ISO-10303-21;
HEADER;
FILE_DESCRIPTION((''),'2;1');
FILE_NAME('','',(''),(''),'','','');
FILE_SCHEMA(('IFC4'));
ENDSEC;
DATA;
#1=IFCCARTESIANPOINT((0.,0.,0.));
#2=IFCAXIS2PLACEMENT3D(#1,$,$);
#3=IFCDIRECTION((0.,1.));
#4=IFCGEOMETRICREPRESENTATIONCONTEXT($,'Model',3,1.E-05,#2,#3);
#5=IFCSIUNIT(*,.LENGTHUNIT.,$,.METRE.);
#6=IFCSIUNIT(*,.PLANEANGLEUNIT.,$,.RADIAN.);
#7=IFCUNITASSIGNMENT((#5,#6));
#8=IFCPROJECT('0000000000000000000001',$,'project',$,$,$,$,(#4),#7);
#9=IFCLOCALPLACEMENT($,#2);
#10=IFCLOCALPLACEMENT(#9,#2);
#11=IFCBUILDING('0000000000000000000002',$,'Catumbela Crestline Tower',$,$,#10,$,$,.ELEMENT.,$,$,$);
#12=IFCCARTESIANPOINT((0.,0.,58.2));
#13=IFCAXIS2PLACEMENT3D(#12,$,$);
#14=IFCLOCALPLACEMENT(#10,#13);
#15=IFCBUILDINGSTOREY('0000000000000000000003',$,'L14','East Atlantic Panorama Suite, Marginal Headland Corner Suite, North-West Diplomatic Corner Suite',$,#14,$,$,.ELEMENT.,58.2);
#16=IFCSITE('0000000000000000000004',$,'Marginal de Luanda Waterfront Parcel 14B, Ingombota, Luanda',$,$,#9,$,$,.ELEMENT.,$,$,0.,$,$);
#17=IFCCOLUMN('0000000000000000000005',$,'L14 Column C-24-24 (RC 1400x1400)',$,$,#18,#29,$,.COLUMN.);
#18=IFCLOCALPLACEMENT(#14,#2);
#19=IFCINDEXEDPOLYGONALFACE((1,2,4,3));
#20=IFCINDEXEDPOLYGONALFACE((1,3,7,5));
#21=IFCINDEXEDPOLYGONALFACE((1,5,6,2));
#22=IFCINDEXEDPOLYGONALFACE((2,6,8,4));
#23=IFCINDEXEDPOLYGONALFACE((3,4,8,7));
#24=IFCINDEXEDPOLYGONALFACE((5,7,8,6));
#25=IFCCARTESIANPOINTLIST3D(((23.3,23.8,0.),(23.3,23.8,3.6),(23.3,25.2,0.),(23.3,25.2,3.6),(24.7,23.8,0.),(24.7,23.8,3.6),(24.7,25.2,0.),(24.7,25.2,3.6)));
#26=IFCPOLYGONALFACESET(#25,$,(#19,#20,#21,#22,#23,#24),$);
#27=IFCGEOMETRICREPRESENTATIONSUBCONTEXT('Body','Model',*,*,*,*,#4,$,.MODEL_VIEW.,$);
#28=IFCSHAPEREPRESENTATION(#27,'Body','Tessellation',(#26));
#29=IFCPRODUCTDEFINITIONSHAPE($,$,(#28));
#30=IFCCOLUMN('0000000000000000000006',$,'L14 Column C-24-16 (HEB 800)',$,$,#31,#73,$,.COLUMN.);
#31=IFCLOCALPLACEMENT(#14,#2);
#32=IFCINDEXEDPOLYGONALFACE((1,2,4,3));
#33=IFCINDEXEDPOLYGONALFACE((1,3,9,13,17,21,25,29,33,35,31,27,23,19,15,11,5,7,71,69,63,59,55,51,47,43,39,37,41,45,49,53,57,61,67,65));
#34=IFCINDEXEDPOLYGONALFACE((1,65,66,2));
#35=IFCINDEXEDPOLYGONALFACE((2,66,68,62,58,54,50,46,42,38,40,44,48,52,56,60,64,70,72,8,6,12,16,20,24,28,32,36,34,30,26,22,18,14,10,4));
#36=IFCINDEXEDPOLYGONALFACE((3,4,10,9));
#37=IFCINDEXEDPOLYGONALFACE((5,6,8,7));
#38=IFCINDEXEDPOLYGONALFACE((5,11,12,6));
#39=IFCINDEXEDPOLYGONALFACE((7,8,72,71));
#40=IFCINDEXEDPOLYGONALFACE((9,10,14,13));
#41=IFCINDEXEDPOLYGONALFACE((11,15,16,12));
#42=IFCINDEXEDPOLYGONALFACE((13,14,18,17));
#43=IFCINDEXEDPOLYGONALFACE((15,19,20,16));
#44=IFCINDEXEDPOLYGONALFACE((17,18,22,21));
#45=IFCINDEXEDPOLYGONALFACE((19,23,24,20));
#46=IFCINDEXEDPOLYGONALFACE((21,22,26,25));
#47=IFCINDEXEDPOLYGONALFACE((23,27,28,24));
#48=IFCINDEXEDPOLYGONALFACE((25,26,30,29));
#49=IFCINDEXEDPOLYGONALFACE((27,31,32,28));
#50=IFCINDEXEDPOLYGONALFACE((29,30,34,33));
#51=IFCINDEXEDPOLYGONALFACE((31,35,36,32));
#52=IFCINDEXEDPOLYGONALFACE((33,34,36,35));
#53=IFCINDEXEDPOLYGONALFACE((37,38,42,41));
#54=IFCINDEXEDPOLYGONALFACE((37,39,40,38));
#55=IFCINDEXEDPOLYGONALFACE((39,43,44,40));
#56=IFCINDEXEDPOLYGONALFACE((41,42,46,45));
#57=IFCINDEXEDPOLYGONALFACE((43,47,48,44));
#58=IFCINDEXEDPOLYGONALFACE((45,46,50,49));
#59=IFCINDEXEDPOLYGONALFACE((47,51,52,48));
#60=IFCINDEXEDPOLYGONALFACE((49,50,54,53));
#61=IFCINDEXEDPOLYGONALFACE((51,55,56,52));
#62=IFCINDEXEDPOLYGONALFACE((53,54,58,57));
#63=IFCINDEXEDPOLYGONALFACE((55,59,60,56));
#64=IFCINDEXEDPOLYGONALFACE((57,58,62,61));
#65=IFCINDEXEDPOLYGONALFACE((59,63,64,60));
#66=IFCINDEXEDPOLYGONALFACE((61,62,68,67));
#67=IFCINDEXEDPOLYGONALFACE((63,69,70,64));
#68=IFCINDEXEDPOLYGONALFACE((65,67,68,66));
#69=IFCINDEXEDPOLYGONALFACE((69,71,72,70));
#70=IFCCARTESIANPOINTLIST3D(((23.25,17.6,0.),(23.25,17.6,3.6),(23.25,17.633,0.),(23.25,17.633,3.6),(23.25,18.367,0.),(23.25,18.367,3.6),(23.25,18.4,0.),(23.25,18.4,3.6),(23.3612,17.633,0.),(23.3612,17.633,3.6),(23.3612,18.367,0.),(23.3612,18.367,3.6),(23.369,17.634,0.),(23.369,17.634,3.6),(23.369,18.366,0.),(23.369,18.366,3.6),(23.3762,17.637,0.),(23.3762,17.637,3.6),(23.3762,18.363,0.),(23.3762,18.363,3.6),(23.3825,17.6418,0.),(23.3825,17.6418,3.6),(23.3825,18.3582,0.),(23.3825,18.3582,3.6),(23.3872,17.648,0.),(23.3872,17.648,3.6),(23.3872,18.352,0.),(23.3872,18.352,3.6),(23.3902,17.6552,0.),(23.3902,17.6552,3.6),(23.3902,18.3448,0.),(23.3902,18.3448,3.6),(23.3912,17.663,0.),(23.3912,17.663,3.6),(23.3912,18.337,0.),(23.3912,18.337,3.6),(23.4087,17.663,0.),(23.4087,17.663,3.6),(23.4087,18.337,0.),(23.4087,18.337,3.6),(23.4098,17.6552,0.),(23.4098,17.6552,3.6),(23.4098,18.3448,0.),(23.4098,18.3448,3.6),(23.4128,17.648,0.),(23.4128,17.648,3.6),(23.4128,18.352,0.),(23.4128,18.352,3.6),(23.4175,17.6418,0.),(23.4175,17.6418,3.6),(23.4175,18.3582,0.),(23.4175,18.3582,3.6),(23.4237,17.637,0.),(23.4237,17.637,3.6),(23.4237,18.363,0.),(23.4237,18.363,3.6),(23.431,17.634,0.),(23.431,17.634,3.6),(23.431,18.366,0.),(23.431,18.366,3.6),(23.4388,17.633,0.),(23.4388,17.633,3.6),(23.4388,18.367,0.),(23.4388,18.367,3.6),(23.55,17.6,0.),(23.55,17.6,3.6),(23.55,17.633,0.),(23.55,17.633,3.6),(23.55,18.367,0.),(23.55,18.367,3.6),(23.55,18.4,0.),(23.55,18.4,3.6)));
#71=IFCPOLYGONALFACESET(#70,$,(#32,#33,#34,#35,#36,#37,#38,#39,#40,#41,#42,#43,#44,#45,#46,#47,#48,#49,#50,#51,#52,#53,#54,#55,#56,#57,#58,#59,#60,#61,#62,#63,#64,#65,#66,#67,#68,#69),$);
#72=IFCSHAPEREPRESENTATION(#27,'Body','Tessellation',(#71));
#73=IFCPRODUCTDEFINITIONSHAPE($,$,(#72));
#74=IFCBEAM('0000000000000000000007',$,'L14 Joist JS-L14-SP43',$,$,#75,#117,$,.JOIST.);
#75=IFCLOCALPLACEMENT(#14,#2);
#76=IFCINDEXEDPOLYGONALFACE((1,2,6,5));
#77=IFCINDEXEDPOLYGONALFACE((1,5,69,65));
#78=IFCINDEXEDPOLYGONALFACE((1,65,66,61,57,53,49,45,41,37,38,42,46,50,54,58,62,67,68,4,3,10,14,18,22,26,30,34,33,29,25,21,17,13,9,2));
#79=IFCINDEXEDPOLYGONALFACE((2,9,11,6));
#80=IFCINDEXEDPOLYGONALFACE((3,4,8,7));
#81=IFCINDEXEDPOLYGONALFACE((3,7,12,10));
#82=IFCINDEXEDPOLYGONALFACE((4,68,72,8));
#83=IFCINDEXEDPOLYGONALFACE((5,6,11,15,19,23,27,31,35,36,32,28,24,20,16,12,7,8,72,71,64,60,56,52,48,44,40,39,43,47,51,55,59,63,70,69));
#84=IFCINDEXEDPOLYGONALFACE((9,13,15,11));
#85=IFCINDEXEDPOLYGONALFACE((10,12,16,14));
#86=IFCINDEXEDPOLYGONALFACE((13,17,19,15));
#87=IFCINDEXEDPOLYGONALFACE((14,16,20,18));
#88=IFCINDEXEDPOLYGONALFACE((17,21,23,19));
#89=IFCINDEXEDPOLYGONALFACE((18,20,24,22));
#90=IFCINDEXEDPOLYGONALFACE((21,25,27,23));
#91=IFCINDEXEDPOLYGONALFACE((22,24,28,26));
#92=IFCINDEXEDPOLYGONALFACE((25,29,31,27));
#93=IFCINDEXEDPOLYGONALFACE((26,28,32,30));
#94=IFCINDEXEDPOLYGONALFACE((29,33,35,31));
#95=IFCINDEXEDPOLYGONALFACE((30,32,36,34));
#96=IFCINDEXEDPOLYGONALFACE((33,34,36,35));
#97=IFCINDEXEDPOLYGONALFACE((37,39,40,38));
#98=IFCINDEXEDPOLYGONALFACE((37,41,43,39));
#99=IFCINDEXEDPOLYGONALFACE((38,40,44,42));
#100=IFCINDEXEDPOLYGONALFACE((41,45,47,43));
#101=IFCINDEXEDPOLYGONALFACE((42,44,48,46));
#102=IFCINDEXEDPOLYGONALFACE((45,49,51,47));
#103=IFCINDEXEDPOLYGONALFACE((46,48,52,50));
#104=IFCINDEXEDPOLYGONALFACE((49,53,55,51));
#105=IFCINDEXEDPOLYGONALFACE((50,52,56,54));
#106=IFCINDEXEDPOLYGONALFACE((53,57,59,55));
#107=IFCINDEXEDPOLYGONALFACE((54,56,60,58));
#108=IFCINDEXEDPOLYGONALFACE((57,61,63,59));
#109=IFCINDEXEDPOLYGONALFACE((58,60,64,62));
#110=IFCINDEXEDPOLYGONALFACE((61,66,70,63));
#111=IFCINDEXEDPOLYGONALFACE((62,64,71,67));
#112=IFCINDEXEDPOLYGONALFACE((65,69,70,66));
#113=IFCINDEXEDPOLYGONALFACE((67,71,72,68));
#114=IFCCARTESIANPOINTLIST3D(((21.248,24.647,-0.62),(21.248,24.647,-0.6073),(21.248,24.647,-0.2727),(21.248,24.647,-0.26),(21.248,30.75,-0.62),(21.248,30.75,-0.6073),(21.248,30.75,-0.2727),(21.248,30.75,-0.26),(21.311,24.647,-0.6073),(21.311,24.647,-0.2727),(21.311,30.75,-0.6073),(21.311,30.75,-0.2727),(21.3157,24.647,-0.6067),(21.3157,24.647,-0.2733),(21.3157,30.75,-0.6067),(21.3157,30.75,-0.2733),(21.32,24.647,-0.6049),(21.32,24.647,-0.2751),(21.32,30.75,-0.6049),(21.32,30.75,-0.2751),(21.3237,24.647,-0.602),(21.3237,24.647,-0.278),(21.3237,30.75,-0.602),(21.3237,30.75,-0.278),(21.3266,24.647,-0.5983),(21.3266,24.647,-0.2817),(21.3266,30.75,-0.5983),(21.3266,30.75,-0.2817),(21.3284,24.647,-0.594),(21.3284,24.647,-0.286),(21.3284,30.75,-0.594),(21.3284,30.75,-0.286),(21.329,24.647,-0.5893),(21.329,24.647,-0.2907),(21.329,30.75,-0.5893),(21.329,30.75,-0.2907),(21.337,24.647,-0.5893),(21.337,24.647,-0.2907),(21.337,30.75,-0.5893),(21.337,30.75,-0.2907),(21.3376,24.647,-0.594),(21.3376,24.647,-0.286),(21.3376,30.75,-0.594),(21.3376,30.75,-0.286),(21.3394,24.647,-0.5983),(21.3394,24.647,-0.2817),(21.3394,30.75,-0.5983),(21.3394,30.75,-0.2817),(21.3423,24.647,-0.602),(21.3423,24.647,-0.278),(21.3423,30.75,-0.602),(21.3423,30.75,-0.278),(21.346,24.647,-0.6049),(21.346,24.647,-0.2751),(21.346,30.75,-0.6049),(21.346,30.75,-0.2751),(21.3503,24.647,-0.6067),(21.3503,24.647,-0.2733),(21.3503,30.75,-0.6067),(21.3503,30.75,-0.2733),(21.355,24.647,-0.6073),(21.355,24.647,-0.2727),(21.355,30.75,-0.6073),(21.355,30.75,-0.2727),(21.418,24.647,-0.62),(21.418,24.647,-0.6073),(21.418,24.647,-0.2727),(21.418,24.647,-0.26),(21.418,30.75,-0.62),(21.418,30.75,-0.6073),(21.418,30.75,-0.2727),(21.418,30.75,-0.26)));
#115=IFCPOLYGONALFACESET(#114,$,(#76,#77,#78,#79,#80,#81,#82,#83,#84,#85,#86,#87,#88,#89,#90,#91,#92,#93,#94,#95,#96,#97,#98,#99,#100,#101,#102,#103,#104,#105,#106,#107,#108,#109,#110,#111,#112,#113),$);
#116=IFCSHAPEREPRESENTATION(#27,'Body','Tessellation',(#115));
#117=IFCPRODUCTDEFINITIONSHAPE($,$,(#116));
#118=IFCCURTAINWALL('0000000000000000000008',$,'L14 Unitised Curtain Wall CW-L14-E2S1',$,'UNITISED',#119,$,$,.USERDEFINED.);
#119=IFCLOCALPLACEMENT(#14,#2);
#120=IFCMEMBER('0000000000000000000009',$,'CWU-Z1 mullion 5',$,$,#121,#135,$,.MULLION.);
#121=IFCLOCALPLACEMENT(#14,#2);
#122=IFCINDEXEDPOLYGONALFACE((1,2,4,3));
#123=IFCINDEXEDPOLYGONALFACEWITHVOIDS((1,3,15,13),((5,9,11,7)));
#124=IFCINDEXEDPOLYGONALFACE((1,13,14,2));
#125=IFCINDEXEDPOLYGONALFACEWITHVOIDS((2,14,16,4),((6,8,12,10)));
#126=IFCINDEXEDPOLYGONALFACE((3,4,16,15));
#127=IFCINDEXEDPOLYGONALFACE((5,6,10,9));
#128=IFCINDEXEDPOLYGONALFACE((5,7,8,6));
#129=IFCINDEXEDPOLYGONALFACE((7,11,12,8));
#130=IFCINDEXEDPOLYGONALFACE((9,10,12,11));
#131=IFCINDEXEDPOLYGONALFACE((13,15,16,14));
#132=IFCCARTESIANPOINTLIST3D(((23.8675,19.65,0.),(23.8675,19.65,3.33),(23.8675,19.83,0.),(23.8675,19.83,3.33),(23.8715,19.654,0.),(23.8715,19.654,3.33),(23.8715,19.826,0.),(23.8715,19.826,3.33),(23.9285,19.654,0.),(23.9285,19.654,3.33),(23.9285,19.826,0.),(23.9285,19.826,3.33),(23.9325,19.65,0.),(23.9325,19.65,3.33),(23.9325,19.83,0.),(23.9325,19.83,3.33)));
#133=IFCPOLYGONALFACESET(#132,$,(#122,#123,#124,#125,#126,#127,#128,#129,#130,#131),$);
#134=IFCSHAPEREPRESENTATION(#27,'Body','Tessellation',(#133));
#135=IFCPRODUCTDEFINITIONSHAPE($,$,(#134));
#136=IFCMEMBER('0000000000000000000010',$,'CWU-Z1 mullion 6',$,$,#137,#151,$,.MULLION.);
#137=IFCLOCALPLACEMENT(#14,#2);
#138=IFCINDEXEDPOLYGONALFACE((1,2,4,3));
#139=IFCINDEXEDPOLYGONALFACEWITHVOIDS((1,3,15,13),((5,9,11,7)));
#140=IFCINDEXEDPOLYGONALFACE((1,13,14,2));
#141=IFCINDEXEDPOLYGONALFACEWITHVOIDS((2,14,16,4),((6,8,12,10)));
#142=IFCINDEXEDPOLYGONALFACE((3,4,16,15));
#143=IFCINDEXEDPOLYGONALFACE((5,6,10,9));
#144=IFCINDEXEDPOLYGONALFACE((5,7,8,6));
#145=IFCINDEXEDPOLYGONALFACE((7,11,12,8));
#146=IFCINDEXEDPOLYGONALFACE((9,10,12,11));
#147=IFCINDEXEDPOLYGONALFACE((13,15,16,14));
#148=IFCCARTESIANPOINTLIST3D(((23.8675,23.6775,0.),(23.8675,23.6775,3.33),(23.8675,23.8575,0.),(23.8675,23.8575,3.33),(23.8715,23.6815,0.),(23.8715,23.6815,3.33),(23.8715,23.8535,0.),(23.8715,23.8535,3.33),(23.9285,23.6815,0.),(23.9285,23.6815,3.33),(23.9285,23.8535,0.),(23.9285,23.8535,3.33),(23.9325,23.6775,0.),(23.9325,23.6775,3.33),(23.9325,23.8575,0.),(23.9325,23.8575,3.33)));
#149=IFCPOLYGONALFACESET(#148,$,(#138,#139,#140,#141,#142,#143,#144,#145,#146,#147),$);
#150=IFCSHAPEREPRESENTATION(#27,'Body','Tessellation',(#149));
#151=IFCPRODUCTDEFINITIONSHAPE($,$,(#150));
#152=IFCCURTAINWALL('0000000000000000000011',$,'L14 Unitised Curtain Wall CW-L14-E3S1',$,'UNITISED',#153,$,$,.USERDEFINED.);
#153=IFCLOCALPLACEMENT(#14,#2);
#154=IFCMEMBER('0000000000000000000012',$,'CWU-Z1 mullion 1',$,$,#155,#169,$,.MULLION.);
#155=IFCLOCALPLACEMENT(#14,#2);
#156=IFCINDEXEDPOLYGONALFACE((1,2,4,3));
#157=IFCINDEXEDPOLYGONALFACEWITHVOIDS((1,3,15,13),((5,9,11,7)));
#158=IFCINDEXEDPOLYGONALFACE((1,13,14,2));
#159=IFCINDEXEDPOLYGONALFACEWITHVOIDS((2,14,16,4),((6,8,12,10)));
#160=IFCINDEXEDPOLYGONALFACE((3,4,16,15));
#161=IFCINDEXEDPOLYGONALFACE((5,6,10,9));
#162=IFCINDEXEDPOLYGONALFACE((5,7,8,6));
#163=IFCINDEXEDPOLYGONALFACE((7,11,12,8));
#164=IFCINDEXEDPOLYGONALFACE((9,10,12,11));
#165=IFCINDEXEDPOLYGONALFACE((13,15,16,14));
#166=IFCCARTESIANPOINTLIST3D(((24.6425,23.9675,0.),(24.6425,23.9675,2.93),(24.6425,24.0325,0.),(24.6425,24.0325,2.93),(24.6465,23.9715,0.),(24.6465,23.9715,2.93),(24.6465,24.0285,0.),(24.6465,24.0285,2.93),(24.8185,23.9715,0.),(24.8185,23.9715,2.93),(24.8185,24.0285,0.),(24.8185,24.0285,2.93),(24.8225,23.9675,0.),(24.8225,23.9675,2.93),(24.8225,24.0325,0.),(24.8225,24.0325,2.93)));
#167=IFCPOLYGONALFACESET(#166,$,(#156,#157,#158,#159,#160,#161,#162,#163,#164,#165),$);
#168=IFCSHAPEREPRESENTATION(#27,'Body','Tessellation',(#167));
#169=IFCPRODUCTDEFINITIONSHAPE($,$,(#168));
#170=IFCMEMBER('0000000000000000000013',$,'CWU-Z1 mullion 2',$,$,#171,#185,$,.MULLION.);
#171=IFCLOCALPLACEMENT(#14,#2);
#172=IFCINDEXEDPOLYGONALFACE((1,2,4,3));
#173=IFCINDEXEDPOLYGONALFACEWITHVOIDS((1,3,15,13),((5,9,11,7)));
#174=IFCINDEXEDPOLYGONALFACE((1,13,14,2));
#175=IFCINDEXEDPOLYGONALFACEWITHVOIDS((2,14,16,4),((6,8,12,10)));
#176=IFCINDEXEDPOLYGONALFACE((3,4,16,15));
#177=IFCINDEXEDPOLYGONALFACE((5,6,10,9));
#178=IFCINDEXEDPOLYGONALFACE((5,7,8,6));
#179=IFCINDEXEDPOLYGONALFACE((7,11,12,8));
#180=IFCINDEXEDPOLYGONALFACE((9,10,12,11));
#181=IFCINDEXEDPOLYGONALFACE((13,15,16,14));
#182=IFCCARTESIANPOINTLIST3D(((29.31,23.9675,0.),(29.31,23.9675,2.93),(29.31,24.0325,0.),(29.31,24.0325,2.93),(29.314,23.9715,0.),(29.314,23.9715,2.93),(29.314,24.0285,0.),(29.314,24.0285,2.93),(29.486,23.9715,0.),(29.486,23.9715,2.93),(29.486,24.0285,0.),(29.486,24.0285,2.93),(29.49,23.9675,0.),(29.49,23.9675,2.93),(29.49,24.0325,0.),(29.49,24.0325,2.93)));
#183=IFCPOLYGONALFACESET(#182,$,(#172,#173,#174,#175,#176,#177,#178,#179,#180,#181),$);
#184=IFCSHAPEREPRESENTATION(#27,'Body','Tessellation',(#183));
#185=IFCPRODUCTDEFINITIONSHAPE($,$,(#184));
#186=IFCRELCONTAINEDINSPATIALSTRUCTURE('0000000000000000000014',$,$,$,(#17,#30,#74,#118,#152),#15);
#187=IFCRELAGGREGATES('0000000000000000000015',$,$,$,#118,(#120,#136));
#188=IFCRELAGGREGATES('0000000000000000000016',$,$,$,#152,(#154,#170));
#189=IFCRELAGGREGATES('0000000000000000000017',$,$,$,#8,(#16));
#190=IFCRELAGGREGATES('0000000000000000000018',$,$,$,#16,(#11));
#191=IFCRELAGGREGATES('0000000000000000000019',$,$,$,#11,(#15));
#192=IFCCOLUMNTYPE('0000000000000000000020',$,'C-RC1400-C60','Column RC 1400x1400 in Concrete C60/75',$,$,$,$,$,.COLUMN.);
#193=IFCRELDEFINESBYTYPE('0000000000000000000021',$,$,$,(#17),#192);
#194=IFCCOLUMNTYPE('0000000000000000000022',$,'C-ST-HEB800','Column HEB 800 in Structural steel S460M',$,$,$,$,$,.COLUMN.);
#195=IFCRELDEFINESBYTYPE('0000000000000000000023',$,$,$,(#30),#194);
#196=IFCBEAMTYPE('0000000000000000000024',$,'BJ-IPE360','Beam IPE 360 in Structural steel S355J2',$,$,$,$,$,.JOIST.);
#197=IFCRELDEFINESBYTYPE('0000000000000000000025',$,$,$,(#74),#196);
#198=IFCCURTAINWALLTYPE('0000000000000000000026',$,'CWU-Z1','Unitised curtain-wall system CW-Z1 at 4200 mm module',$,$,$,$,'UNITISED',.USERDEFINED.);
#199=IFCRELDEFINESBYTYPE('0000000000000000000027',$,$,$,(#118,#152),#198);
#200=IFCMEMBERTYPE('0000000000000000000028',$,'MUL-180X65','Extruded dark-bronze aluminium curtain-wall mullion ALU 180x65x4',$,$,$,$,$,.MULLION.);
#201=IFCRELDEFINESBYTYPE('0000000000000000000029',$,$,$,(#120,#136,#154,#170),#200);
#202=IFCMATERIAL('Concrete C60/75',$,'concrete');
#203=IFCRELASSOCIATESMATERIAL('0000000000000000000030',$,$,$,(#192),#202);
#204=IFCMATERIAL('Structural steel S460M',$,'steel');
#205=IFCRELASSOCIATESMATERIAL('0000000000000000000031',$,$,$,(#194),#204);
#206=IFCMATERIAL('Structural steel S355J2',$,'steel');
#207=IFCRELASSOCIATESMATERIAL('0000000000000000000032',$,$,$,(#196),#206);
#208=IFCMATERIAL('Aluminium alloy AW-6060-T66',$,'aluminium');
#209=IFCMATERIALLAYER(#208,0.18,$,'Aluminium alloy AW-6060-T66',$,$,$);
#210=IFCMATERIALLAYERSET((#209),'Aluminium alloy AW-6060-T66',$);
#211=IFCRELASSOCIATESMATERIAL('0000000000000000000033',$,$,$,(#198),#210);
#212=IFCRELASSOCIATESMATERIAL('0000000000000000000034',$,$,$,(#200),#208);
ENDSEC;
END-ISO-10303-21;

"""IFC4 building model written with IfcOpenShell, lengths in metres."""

from ifc_helpers import new_model, si_unit, direction, frame, origin, origin_2d, place, context, subcontext, project, spatial, rectangle, hollow_rectangle, i_section, extrude, material, layer, layer_set, material_profile, profile_set, type_object, element, aggregate, save


model = new_model("IFC4")

# Units and contexts
model_context = context("Model", 3, precision=1e-05, world=origin(), true_north=direction((0.0, 1.0)))
body_context = subcontext(model_context, "Body", "Model", "MODEL_VIEW")
ifc_project = project(units=[si_unit("LENGTHUNIT", "METRE"), si_unit("PLANEANGLEUNIT", "RADIAN")], contexts=[model_context])

# Site, building, storey
site_placement = place(None, origin())
site = spatial("IfcSite", under=ifc_project, at=site_placement, Name="Marginal de Luanda Waterfront Parcel 14B, Ingombota, Luanda", CompositionType="ELEMENT", RefElevation=0.0)
building_placement = place(site_placement, origin())
building = spatial("IfcBuilding", under=site, at=building_placement, Name="Catumbela Crestline Tower", CompositionType="ELEMENT")
storey_placement = place(building_placement, frame((0.0, 0.0, 58.2)))
storey = spatial("IfcBuildingStorey", under=building, at=storey_placement, Name="L14", Description="East Atlantic Panorama Suite, Marginal Headland Corner Suite, North-West Diplomatic Corner Suite", CompositionType="ELEMENT", Elevation=58.2)

# Columns
ifc_material_1 = material(Name="Concrete C60/75", Category="concrete")
ifc_material_profile_1 = material_profile(ifc_material_1, rectangle(XDim=1.4, YDim=1.4, at=origin_2d()), Name="RC 1400x1400")
ifc_profile_set_1 = profile_set([ifc_material_profile_1], Name="Concrete C60/75")
column_type_1 = type_object("IfcColumnType", Name="C-RC1400-C60", Description="Column RC 1400x1400 in Concrete C60/75", PredefinedType="COLUMN", material=ifc_profile_set_1)
column_1_placement = place(storey_placement, frame((24.0, 24.5, 0.0), z_axis=(0.0, 0.0, 1.0), x_axis=(1.0, 0.0, 0.0)))
element("IfcColumn", 1, at=column_1_placement, inside=storey, type_object=column_type_1, Name="L14 Column C-24-24 (RC 1400x1400)", PredefinedType="COLUMN", context=body_context, shape_type="SweptSolid", body=[
    extrude(rectangle(XDim=1.4, YDim=1.4, at=origin_2d()), origin(), (0.0, 0.0, 1.0), 3.6),
])
ifc_material_2 = material(Name="Structural steel S460M", Category="steel")
ifc_material_profile_2 = material_profile(ifc_material_2, i_section(OverallWidth=0.3, OverallDepth=0.8, WebThickness=0.0175, FlangeThickness=0.033, FilletRadius=0.03, at=origin_2d()), Name="HEB 800")
ifc_profile_set_2 = profile_set([ifc_material_profile_2], Name="Structural steel S460M")
column_type_2 = type_object("IfcColumnType", Name="C-ST-HEB800", Description="Column HEB 800 in Structural steel S460M", PredefinedType="COLUMN", material=ifc_profile_set_2)
column_2_placement = place(storey_placement, frame((23.4, 18.0, 0.0), z_axis=(0.0, 0.0, 1.0), x_axis=(1.0, 0.0, 0.0)))
element("IfcColumn", 2, at=column_2_placement, inside=storey, type_object=column_type_2, Name="L14 Column C-24-16 (HEB 800)", PredefinedType="COLUMN", context=body_context, shape_type="SweptSolid", body=[
    extrude(i_section(OverallWidth=0.3, OverallDepth=0.8, WebThickness=0.0175, FlangeThickness=0.033, FilletRadius=0.03, at=origin_2d()), origin(), (0.0, 0.0, 1.0), 3.6),
])

# Beam
ifc_material_3 = material(Name="Structural steel S355J2", Category="steel")
ifc_material_profile_3 = material_profile(ifc_material_3, i_section(OverallWidth=0.17, OverallDepth=0.36, WebThickness=0.008, FlangeThickness=0.0127, FilletRadius=0.018, at=origin_2d()), Name="IPE 360")
ifc_profile_set_3 = profile_set([ifc_material_profile_3], Name="Structural steel S355J2")
beam_type_1 = type_object("IfcBeamType", Name="BJ-IPE360", Description="Beam IPE 360 in Structural steel S355J2", PredefinedType="JOIST", material=ifc_profile_set_3)
beam_1_placement = place(storey_placement, frame((21.333, 24.647, -0.44), z_axis=(0.0, 1.0, 0.0), x_axis=(-1.0, 0.0, 0.0)))
element("IfcBeam", 3, at=beam_1_placement, inside=storey, type_object=beam_type_1, Name="L14 Joist JS-L14-SP43", PredefinedType="JOIST", context=body_context, shape_type="SweptSolid", body=[
    extrude(i_section(OverallWidth=0.17, OverallDepth=0.36, WebThickness=0.008, FlangeThickness=0.0127, FilletRadius=0.018, at=origin_2d()), origin(), (0.0, 0.0, 1.0), 6.103),
])

# Curtain walls, members
ifc_material_4 = material(Name="Aluminium alloy AW-6060-T66", Category="aluminium")
ifc_layer_1 = layer(ifc_material_4, 0.18, Name="Aluminium alloy AW-6060-T66")
ifc_layer_set_1 = layer_set([ifc_layer_1], Name="Aluminium alloy AW-6060-T66")
curtain_wall_type = type_object("IfcCurtainWallType", Name="CWU-Z1", Description="Unitised curtain-wall system CW-Z1 at 4200 mm module", ElementType="UNITISED", PredefinedType="USERDEFINED", material=ifc_layer_set_1)
curtain_wall_1_placement = place(storey_placement, origin())
curtain_wall_1 = element("IfcCurtainWall", 4, at=curtain_wall_1_placement, inside=storey, type_object=curtain_wall_type, Name="L14 Unitised Curtain Wall CW-L14-E2S1", ObjectType="UNITISED", PredefinedType="USERDEFINED")
ifc_material_profile_4 = material_profile(ifc_material_4, hollow_rectangle(XDim=0.065, YDim=0.18, WallThickness=0.004, at=origin_2d()), Name="ALU 180x65x4")
ifc_profile_set_4 = profile_set([ifc_material_profile_4], Name="Aluminium alloy AW-6060-T66")
member_type_1 = type_object("IfcMemberType", Name="MUL-180X65", Description="Extruded dark-bronze aluminium curtain-wall mullion ALU 180x65x4", PredefinedType="MULLION", material=ifc_profile_set_4)
member_1_placement = place(storey_placement, frame((23.9, 19.74, 0.0), z_axis=(0.0, 0.0, 1.0), x_axis=(-1.0, 0.0, 0.0)))
member_1 = element("IfcMember", 5, at=member_1_placement, type_object=member_type_1, Name="CWU-Z1 mullion 5", PredefinedType="MULLION", context=body_context, shape_type="SweptSolid", body=[
    extrude(hollow_rectangle(XDim=0.065, YDim=0.18, WallThickness=0.004, at=origin_2d()), origin(), (0.0, 0.0, 1.0), 3.33),
])
member_2_placement = place(storey_placement, frame((23.9, 23.7675, 0.0), z_axis=(0.0, 0.0, 1.0), x_axis=(-1.0, 0.0, 0.0)))
member_2 = element("IfcMember", 6, at=member_2_placement, type_object=member_type_1, Name="CWU-Z1 mullion 6", PredefinedType="MULLION", context=body_context, shape_type="SweptSolid", body=[
    extrude(hollow_rectangle(XDim=0.065, YDim=0.18, WallThickness=0.004, at=origin_2d()), origin(), (0.0, 0.0, 1.0), 3.33),
])
curtain_wall_2_placement = place(storey_placement, origin())
curtain_wall_2 = element("IfcCurtainWall", 7, at=curtain_wall_2_placement, inside=storey, type_object=curtain_wall_type, Name="L14 Unitised Curtain Wall CW-L14-E3S1", ObjectType="UNITISED", PredefinedType="USERDEFINED")
member_3_placement = place(storey_placement, frame((24.7325, 24.0, 0.0), z_axis=(0.0, 0.0, 1.0), x_axis=(0.0, 1.0, 0.0)))
member_3 = element("IfcMember", 8, at=member_3_placement, type_object=member_type_1, Name="CWU-Z1 mullion 1", PredefinedType="MULLION", context=body_context, shape_type="SweptSolid", body=[
    extrude(hollow_rectangle(XDim=0.065, YDim=0.18, WallThickness=0.004, at=origin_2d()), origin(), (0.0, 0.0, 1.0), 2.93),
])
member_4_placement = place(storey_placement, frame((29.4, 24.0, 0.0), z_axis=(0.0, 0.0, 1.0), x_axis=(0.0, 1.0, 0.0)))
member_4 = element("IfcMember", 9, at=member_4_placement, type_object=member_type_1, Name="CWU-Z1 mullion 2", PredefinedType="MULLION", context=body_context, shape_type="SweptSolid", body=[
    extrude(hollow_rectangle(XDim=0.065, YDim=0.18, WallThickness=0.004, at=origin_2d()), origin(), (0.0, 0.0, 1.0), 2.93),
])

aggregate(curtain_wall_1, [member_1, member_2])
aggregate(curtain_wall_2, [member_3, member_4])

save(model, "model.ifc")
